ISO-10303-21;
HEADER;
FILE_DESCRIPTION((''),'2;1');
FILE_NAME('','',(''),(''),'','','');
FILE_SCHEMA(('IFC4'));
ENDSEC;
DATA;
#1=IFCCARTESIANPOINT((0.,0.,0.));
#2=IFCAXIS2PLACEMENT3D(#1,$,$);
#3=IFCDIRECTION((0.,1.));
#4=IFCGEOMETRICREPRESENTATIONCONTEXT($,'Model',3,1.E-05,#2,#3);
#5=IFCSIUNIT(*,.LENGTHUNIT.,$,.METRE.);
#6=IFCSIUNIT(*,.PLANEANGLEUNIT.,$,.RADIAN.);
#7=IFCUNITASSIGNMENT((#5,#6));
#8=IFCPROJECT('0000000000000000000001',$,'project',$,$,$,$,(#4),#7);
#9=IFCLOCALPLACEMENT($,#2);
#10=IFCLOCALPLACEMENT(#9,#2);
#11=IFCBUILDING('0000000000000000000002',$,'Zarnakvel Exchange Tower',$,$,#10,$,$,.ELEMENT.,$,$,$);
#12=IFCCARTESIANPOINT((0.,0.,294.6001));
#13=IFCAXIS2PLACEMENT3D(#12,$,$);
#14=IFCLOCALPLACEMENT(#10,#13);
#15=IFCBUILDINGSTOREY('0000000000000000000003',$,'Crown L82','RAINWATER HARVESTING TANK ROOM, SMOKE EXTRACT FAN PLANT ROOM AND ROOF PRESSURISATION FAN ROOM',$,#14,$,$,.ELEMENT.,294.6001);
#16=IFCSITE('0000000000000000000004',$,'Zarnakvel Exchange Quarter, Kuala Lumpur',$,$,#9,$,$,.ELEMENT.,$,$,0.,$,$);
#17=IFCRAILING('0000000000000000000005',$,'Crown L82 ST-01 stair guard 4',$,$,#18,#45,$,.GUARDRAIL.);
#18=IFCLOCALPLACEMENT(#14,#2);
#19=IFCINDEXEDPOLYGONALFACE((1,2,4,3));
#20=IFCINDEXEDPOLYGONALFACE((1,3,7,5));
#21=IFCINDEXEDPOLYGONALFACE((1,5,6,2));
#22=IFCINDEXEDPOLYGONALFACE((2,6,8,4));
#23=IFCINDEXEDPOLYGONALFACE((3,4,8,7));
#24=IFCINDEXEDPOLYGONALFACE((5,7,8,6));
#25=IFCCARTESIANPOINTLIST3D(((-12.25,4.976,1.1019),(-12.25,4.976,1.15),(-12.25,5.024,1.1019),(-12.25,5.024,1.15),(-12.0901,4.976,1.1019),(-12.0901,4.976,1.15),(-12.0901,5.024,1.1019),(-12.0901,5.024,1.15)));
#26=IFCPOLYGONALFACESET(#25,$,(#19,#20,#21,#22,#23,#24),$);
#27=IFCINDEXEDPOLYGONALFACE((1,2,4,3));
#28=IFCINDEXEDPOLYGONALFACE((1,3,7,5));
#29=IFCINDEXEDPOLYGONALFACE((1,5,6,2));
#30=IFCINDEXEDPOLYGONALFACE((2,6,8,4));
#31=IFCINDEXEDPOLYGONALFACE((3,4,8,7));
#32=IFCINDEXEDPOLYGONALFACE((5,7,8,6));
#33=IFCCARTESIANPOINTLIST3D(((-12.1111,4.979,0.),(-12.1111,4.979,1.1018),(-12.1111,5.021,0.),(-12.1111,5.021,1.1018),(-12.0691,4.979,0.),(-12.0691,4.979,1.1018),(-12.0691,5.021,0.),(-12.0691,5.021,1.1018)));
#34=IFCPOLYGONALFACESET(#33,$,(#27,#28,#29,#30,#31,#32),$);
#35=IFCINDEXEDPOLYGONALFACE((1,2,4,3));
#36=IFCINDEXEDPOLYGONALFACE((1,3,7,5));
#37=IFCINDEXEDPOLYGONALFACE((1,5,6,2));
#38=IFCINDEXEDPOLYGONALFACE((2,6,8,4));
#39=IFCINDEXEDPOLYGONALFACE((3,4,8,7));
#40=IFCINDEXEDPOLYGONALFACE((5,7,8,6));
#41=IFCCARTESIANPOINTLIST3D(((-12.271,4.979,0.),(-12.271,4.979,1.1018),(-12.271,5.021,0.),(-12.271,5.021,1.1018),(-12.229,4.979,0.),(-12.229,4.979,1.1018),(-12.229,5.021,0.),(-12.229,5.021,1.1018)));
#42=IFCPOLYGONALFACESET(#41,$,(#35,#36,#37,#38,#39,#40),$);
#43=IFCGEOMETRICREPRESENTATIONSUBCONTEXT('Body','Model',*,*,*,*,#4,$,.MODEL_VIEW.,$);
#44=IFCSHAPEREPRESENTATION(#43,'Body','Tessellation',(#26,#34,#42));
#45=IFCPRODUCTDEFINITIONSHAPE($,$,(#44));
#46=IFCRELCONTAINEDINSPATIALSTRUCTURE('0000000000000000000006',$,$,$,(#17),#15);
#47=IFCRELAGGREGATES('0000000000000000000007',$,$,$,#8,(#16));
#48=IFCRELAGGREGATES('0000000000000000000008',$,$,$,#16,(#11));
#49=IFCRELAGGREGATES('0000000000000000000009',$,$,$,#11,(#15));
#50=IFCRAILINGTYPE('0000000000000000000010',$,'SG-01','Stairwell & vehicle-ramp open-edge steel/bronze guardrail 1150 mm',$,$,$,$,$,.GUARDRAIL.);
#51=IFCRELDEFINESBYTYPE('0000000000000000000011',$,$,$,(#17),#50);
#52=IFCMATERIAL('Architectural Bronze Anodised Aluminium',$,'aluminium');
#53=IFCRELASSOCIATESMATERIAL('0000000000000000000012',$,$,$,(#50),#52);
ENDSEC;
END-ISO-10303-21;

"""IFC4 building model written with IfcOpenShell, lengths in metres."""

from ifc_helpers import new_model, si_unit, direction, frame, origin, origin_2d, place, context, subcontext, project, spatial, rectangle, extrude, material, type_object, element, save


model = new_model("IFC4")

# Units and contexts
model_context = context("Model", 3, precision=1e-05, world=origin(), true_north=direction((0.0, 1.0)))
body_context = subcontext(model_context, "Body", "Model", "MODEL_VIEW")
ifc_project = project(units=[si_unit("LENGTHUNIT", "METRE"), si_unit("PLANEANGLEUNIT", "RADIAN")], contexts=[model_context])

# Site, building, storey
site_placement = place(None, origin())
site = spatial("IfcSite", under=ifc_project, at=site_placement, Name="Zarnakvel Exchange Quarter, Kuala Lumpur", CompositionType="ELEMENT", RefElevation=0.0)
building_placement = place(site_placement, origin())
building = spatial("IfcBuilding", under=site, at=building_placement, Name="Zarnakvel Exchange Tower", CompositionType="ELEMENT")
storey_placement = place(building_placement, frame((0.0, 0.0, 294.6001)))
storey = spatial("IfcBuildingStorey", under=building, at=storey_placement, Name="Crown L82", Description="RAINWATER HARVESTING TANK ROOM, SMOKE EXTRACT FAN PLANT ROOM AND ROOF PRESSURISATION FAN ROOM", CompositionType="ELEMENT", Elevation=294.6001)

# Shared definitions
ifc_material_1 = material(Name="Architectural Bronze Anodised Aluminium", Category="aluminium")

# Railing
railing_type_1 = type_object("IfcRailingType", Name="SG-01", Description="Stairwell & vehicle-ramp open-edge steel/bronze guardrail 1150 mm", PredefinedType="GUARDRAIL", material=ifc_material_1)
railing_1_placement = place(storey_placement, frame((-12.0901, 5.0, 0.0)))
element("IfcRailing", 1, at=railing_1_placement, inside=storey, type_object=railing_type_1, Name="Crown L82 ST-01 stair guard 4", PredefinedType="GUARDRAIL", context=body_context, shape_type="SweptSolid", body=[
    extrude(rectangle(XDim=0.0481, YDim=0.0481, at=origin_2d()), frame((0.0, 0.0, 1.126), z_axis=(-1.0, 0.0, 0.0), x_axis=(0.0, -1.0, 0.0)), (0.0, 0.0, 1.0), 0.1599),
    extrude(rectangle(XDim=0.042, YDim=0.042, at=origin_2d()), origin(), (0.0, 0.0, 1.0), 1.1018),
    extrude(rectangle(XDim=0.042, YDim=0.042, at=origin_2d()), frame((-0.1599, 0.0, 0.0)), (0.0, 0.0, 1.0), 1.1018),
])

save(model, "model.ifc")
